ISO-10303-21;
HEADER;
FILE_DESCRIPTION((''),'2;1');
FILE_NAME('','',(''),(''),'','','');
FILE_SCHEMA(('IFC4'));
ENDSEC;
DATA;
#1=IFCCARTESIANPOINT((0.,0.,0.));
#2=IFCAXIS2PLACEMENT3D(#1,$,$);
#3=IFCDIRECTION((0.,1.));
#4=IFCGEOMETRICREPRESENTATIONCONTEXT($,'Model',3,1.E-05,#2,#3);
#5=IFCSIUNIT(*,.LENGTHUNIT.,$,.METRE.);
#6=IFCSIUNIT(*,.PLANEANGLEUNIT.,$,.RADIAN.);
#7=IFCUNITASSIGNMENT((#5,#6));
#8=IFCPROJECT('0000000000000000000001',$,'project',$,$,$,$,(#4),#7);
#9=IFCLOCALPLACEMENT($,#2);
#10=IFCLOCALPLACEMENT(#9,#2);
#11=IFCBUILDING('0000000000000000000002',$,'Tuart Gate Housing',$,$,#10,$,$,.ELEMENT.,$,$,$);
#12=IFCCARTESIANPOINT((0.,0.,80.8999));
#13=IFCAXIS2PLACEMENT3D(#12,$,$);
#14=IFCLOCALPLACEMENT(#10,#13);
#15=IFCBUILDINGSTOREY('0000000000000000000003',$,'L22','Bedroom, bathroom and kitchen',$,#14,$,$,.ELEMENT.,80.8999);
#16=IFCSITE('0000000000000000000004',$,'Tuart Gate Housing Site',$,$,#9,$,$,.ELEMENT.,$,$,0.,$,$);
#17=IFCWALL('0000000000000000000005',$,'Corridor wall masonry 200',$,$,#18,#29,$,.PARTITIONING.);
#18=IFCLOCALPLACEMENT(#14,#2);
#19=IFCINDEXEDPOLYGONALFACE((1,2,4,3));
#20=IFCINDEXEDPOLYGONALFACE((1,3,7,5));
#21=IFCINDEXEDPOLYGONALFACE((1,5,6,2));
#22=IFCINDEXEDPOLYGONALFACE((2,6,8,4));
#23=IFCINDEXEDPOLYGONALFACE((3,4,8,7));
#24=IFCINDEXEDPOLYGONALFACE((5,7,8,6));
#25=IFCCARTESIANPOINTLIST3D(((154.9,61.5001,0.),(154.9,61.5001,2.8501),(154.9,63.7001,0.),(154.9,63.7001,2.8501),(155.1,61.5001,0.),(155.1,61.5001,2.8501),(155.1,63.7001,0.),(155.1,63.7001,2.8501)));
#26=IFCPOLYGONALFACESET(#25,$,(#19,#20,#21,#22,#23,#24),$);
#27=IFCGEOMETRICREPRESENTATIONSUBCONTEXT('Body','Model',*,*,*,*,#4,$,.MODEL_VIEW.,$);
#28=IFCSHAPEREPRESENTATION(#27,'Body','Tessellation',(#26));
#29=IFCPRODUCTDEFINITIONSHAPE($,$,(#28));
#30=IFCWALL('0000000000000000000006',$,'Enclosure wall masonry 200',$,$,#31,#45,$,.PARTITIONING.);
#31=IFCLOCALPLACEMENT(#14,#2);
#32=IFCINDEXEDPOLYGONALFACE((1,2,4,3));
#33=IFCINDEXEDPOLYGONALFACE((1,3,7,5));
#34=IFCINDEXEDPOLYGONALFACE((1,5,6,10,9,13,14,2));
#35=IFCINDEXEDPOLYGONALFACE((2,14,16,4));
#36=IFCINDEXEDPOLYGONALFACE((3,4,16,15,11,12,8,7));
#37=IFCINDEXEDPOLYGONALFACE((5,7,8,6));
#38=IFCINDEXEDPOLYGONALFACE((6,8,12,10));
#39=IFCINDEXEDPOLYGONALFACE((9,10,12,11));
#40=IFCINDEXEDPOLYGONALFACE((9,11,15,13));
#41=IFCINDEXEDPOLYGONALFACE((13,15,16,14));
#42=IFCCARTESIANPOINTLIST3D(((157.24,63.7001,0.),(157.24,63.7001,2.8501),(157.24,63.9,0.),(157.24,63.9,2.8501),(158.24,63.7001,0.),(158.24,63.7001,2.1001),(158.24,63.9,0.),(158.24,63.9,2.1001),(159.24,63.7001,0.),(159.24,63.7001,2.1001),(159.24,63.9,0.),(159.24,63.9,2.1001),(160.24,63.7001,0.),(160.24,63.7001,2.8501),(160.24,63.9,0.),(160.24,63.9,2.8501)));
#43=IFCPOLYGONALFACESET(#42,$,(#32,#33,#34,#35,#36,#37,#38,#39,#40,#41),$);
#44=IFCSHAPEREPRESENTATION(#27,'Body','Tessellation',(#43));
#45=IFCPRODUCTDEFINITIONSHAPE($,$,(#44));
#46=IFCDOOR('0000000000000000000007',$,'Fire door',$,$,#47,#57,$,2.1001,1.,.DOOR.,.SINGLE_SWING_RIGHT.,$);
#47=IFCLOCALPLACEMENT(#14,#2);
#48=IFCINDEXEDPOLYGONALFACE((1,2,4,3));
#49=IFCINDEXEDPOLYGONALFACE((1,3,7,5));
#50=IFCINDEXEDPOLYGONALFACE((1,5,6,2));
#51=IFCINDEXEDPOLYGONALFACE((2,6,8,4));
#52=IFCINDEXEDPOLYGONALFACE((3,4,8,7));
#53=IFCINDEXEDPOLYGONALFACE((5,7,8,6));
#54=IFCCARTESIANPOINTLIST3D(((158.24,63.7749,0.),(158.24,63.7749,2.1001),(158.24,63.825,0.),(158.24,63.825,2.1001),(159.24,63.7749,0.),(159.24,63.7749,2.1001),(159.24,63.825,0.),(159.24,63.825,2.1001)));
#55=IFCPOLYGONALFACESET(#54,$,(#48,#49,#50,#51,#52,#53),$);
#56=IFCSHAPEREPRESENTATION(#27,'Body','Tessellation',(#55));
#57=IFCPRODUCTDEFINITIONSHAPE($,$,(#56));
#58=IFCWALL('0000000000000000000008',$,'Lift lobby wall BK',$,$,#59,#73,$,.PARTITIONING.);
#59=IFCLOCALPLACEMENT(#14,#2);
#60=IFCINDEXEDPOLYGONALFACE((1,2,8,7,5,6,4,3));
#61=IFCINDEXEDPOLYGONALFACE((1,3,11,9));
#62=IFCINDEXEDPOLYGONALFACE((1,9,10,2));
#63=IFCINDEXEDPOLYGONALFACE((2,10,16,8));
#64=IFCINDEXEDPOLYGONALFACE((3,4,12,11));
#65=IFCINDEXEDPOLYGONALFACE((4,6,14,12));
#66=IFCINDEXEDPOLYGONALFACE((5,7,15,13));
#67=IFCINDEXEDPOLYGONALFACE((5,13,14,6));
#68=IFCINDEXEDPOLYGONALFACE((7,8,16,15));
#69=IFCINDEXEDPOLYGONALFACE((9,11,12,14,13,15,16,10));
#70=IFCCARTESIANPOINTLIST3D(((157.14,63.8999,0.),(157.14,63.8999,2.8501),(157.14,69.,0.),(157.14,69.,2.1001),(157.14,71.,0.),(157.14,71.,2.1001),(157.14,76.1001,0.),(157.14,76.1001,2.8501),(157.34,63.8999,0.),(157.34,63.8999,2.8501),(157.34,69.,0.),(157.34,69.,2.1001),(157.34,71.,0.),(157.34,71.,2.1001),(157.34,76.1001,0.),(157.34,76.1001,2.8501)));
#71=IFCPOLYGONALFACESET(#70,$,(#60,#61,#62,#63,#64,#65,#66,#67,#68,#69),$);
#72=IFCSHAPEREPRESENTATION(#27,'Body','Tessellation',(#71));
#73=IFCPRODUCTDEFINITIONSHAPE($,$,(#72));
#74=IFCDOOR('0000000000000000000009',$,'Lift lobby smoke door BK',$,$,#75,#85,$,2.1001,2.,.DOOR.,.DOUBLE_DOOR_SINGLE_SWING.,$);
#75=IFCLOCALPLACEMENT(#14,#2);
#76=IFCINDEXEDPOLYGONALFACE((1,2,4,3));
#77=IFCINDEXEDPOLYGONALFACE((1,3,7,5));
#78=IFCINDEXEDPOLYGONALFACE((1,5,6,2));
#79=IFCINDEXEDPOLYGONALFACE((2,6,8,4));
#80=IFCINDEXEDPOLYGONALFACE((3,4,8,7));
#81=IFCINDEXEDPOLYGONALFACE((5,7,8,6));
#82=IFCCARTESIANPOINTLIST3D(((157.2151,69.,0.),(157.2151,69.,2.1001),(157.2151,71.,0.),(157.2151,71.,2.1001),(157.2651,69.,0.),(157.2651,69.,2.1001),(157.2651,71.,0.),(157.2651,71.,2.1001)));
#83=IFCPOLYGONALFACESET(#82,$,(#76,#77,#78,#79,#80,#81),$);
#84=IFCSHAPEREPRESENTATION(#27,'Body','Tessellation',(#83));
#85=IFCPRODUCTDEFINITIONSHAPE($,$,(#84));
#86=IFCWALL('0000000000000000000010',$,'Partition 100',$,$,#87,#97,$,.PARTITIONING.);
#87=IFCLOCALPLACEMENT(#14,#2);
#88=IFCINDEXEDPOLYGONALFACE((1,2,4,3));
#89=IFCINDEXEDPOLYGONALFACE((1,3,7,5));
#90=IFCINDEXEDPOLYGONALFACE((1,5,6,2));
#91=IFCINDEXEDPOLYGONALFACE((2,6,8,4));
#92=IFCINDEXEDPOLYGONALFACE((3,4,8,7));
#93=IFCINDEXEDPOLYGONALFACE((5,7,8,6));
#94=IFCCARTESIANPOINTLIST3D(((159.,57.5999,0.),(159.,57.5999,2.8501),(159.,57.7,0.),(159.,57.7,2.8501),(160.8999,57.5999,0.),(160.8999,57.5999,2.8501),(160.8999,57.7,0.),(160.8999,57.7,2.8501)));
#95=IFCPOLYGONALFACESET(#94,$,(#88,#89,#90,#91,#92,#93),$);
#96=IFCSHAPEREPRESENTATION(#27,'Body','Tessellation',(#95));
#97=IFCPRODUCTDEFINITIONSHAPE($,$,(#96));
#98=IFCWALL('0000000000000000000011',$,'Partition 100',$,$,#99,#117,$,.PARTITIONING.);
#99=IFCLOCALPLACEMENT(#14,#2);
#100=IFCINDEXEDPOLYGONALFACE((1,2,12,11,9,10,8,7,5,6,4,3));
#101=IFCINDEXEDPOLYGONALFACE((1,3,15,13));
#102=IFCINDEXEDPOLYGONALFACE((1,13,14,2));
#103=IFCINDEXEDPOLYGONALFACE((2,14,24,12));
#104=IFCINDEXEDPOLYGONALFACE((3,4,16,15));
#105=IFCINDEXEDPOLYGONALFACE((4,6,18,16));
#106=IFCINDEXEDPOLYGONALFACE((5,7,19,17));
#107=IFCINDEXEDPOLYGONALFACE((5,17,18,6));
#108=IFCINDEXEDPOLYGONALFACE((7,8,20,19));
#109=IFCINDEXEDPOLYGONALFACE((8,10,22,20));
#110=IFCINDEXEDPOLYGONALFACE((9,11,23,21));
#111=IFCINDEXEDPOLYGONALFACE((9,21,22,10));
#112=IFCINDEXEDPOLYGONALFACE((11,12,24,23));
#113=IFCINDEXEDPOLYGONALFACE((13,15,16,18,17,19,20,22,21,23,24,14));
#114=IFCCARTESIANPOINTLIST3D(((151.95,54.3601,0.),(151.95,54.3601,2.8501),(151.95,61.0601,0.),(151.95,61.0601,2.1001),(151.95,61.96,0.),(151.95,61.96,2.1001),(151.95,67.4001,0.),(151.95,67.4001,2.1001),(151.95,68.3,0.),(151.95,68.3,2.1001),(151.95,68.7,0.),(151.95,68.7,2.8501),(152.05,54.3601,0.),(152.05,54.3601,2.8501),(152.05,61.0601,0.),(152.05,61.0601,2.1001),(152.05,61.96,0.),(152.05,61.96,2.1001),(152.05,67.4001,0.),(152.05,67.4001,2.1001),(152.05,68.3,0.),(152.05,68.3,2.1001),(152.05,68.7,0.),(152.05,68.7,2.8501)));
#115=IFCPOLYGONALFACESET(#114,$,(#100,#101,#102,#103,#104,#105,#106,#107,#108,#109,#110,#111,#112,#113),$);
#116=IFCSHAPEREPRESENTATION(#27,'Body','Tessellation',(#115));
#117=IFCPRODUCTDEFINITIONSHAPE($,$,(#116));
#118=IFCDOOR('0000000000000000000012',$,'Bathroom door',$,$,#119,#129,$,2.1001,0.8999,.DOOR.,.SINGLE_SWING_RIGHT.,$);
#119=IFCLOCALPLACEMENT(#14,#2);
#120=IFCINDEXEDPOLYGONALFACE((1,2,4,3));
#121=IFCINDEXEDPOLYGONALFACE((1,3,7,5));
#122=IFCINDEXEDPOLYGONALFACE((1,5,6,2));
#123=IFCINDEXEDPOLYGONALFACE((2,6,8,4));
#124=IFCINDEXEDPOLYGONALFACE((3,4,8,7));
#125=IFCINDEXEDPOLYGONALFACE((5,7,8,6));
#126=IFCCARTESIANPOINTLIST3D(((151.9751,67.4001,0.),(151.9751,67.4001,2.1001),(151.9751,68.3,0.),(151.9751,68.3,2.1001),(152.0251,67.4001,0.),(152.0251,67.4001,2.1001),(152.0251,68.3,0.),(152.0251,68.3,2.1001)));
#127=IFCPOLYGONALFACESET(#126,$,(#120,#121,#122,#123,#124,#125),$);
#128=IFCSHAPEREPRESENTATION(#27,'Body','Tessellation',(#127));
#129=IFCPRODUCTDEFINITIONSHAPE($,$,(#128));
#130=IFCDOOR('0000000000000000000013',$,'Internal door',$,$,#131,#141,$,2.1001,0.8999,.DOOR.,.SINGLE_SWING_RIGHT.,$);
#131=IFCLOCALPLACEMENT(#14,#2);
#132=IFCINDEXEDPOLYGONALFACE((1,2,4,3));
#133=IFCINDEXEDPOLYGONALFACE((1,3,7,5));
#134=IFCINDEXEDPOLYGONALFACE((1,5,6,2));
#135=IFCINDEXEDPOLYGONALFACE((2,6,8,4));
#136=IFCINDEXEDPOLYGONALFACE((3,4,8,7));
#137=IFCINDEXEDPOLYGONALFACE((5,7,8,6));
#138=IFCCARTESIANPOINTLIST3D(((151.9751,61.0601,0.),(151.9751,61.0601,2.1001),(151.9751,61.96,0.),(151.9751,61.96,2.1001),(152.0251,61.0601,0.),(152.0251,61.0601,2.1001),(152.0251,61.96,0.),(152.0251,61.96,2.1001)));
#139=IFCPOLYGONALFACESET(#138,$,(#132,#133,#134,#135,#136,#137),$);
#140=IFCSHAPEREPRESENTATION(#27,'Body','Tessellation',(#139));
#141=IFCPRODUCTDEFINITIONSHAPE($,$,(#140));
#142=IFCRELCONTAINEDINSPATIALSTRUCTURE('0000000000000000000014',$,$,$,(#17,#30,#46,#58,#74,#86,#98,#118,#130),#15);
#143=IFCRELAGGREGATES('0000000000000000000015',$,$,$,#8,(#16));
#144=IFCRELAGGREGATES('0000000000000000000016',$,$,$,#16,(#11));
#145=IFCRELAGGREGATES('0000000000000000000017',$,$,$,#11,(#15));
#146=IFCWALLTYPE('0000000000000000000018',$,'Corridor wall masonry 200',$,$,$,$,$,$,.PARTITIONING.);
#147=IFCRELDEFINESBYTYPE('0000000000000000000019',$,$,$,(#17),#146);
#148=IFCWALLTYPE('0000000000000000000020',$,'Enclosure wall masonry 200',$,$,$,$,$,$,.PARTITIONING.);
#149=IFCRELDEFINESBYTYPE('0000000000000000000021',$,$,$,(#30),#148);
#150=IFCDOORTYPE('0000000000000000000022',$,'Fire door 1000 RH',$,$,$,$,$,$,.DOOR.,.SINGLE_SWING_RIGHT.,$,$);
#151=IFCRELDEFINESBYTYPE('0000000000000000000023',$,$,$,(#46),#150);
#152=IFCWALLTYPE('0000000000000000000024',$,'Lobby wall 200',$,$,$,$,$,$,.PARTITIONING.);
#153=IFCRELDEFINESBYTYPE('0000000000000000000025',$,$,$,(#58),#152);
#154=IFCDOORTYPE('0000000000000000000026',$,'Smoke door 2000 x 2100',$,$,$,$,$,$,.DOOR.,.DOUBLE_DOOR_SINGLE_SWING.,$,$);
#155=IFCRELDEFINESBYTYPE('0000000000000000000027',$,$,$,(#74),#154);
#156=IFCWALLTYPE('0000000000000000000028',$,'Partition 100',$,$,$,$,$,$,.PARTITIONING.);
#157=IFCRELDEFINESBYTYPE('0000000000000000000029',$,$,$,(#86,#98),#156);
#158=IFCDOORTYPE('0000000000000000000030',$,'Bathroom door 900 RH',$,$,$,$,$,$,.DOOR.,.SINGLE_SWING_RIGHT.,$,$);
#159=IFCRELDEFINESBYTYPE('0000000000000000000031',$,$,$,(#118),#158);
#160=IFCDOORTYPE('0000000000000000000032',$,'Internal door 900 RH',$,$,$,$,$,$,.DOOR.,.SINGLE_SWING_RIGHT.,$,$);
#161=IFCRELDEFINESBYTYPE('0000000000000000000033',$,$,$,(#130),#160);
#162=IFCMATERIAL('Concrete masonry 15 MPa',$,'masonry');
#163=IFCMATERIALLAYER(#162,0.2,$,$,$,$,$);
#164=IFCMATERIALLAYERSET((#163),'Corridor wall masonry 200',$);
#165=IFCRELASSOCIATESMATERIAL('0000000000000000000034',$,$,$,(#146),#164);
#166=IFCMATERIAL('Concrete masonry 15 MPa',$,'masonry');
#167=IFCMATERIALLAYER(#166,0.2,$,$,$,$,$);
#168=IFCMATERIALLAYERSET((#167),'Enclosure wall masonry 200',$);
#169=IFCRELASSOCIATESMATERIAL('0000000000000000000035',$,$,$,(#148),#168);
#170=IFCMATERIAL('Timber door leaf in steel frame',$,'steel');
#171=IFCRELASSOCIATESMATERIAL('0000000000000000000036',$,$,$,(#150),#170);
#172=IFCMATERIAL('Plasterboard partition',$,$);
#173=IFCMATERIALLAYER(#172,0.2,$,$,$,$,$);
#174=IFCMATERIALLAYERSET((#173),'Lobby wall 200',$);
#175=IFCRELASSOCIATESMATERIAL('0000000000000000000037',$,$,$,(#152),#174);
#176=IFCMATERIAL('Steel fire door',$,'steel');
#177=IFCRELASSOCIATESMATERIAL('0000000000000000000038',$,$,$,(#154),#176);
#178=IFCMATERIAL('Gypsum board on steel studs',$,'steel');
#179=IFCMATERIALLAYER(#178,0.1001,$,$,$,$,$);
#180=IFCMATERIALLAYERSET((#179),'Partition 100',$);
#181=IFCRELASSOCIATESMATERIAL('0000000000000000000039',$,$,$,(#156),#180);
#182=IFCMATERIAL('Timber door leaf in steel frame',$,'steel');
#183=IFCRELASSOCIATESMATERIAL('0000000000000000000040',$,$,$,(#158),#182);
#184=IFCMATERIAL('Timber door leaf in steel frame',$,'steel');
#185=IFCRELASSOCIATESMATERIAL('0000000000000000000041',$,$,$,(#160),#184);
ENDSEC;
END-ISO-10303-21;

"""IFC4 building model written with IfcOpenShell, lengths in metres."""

from ifc_helpers import new_model, si_unit, direction, frame, frame_2d, origin, place, context, subcontext, project, spatial, rectangle, extrude, material, layer, layer_set, type_object, element, fill, save


model = new_model("IFC4")

# Units and contexts
model_context = context("Model", 3, precision=1e-05, world=origin(), true_north=direction((0.0, 1.0)))
body_context = subcontext(model_context, "Body", "Model", "MODEL_VIEW")
ifc_project = project(units=[si_unit("LENGTHUNIT", "METRE"), si_unit("PLANEANGLEUNIT", "RADIAN")], contexts=[model_context])

# Site, building, storey
site_placement = place(None, origin())
site = spatial("IfcSite", under=ifc_project, at=site_placement, Name="Tuart Gate Housing Site", CompositionType="ELEMENT", RefElevation=0.0)
building_placement = place(site_placement, origin())
building = spatial("IfcBuilding", under=site, at=building_placement, Name="Tuart Gate Housing", CompositionType="ELEMENT")
storey_placement = place(building_placement, frame((0.0, 0.0, 80.8999)))
storey = spatial("IfcBuildingStorey", under=building, at=storey_placement, Name="L22", Description="Bedroom, bathroom and kitchen", CompositionType="ELEMENT", Elevation=80.8999)

# Shared definitions
ifc_material_1 = material(Name="Concrete masonry 15 MPa", Category="masonry")
ifc_layer_1 = layer(ifc_material_1, 0.2)
ifc_layer_set_1 = layer_set([ifc_layer_1], Name="Corridor wall masonry 200")
wall_type_1 = type_object("IfcWallType", Name="Corridor wall masonry 200", PredefinedType="PARTITIONING", material=ifc_layer_set_1)

# Wall
wall_1_placement = place(storey_placement, frame((155.0, 61.5, 0.0), z_axis=(0.0, 0.0, 1.0), x_axis=(0.0, 1.0, 0.0)))
element("IfcWall", 1, at=wall_1_placement, inside=storey, type_object=wall_type_1, Name="Corridor wall masonry 200", PredefinedType="PARTITIONING", context=body_context, shape_type="SweptSolid", body=[
    extrude(rectangle(XDim=2.2, YDim=0.2, at=frame_2d((1.1001, 0.0))), origin(), (0.0, 0.0, 1.0), 2.8501),
])

# Walls, openings, doors
ifc_material_2 = material(Name="Concrete masonry 15 MPa", Category="masonry")
ifc_layer_2 = layer(ifc_material_2, 0.2)
ifc_layer_set_2 = layer_set([ifc_layer_2], Name="Enclosure wall masonry 200")
wall_type_2 = type_object("IfcWallType", Name="Enclosure wall masonry 200", PredefinedType="PARTITIONING", material=ifc_layer_set_2)
wall_2_placement = place(storey_placement, frame((157.24, 63.8, 0.0), z_axis=(0.0, 0.0, 1.0), x_axis=(1.0, 0.0, 0.0)))
wall_2 = element("IfcWall", 2, at=wall_2_placement, inside=storey, type_object=wall_type_2, Name="Enclosure wall masonry 200", PredefinedType="PARTITIONING", context=body_context, shape_type="SweptSolid", body=[
    extrude(rectangle(XDim=3.0, YDim=0.2, at=frame_2d((1.5, 0.0))), origin(), (0.0, 0.0, 1.0), 2.8501),
])
opening_1_placement = place(wall_2_placement, frame((1.0, 0.0, 0.0)))
opening_1 = element("IfcOpeningElement", 3, at=opening_1_placement, cuts=wall_2, PredefinedType="OPENING", context=body_context, shape_type="SweptSolid", body=[
    extrude(rectangle(XDim=1.0, YDim=2.1001, at=frame_2d((0.5, 1.05))), frame((0.0, 0.1099, 0.0), z_axis=(0.0, -1.0, 0.0), x_axis=(1.0, 0.0, 0.0)), (0.0, 0.0, 1.0), 0.22),
])
ifc_material_3 = material(Name="Timber door leaf in steel frame", Category="steel")
door_type_1 = type_object("IfcDoorType", Name="Fire door 1000 RH", OperationType="SINGLE_SWING_RIGHT", PredefinedType="DOOR", material=ifc_material_3)
door_1_placement = place(opening_1_placement, frame((1.0, 0.0, 0.0), z_axis=(0.0, 0.0, 1.0), x_axis=(-1.0, 0.0, 0.0)))
door_1 = element("IfcDoor", 4, at=door_1_placement, inside=storey, type_object=door_type_1, Name="Fire door", OperationType="SINGLE_SWING_RIGHT", OverallHeight=2.1001, OverallWidth=1.0, PredefinedType="DOOR", context=body_context, shape_type="SweptSolid", body=[
    extrude(rectangle(XDim=1.0, YDim=2.1001, at=frame_2d((0.5, 1.05))), frame((0.0, 0.0251, 0.0), z_axis=(0.0, -1.0, 0.0), x_axis=(1.0, 0.0, 0.0)), (0.0, 0.0, 1.0), 0.05),
])
fill(opening_1, door_1)
ifc_material_4 = material(Name="Plasterboard partition")
ifc_layer_3 = layer(ifc_material_4, 0.2)
ifc_layer_set_3 = layer_set([ifc_layer_3], Name="Lobby wall 200")
wall_type_3 = type_object("IfcWallType", Name="Lobby wall 200", PredefinedType="PARTITIONING", material=ifc_layer_set_3)
wall_3_placement = place(storey_placement, frame((157.24, 63.8999, 0.0), z_axis=(0.0, 0.0, 1.0), x_axis=(0.0, 1.0, 0.0)))
wall_3 = element("IfcWall", 5, at=wall_3_placement, inside=storey, type_object=wall_type_3, Name="Lift lobby wall BK", PredefinedType="PARTITIONING", context=body_context, shape_type="SweptSolid", body=[
    extrude(rectangle(XDim=12.2002, YDim=0.2, at=frame_2d((6.1001, 0.0))), origin(), (0.0, 0.0, 1.0), 2.8501),
])
opening_2_placement = place(wall_3_placement, frame((5.1001, 0.0, 0.0)))
opening_2 = element("IfcOpeningElement", 6, at=opening_2_placement, cuts=wall_3, PredefinedType="OPENING", context=body_context, shape_type="SweptSolid", body=[
    extrude(rectangle(XDim=2.0, YDim=2.1001, at=frame_2d((1.0, 1.05))), frame((0.0, 0.1099, 0.0), z_axis=(0.0, -1.0, 0.0), x_axis=(1.0, 0.0, 0.0)), (0.0, 0.0, 1.0), 0.22),
])
ifc_material_5 = material(Name="Steel fire door", Category="steel")
door_type_2 = type_object("IfcDoorType", Name="Smoke door 2000 x 2100", OperationType="DOUBLE_DOOR_SINGLE_SWING", PredefinedType="DOOR", material=ifc_material_5)
door_2_placement = place(opening_2_placement, frame((2.0, 0.0, 0.0), z_axis=(0.0, 0.0, 1.0), x_axis=(-1.0, 0.0, 0.0)))
door_2 = element("IfcDoor", 7, at=door_2_placement, inside=storey, type_object=door_type_2, Name="Lift lobby smoke door BK", OperationType="DOUBLE_DOOR_SINGLE_SWING", OverallHeight=2.1001, OverallWidth=2.0, PredefinedType="DOOR", context=body_context, shape_type="SweptSolid", body=[
    extrude(rectangle(XDim=2.0, YDim=2.1001, at=frame_2d((1.0, 1.05))), frame((0.0, 0.0251, 0.0), z_axis=(0.0, -1.0, 0.0), x_axis=(1.0, 0.0, 0.0)), (0.0, 0.0, 1.0), 0.05),
])
fill(opening_2, door_2)

# Wall
ifc_material_6 = material(Name="Gypsum board on steel studs", Category="steel")
ifc_layer_4 = layer(ifc_material_6, 0.1001)
ifc_layer_set_4 = layer_set([ifc_layer_4], Name="Partition 100")
wall_type_4 = type_object("IfcWallType", Name="Partition 100", PredefinedType="PARTITIONING", material=ifc_layer_set_4)
wall_4_placement = place(storey_placement, frame((159.0, 57.6499, 0.0), z_axis=(0.0, 0.0, 1.0), x_axis=(1.0, 0.0, 0.0)))
element("IfcWall", 8, at=wall_4_placement, inside=storey, type_object=wall_type_4, Name="Partition 100", PredefinedType="PARTITIONING", context=body_context, shape_type="SweptSolid", body=[
    extrude(rectangle(XDim=1.8999, YDim=0.1001, at=frame_2d((0.95, 0.0))), origin(), (0.0, 0.0, 1.0), 2.8501),
])

# Wall, openings, doors
wall_5_placement = place(storey_placement, frame((152.0, 54.3601, 0.0), z_axis=(0.0, 0.0, 1.0), x_axis=(0.0, 1.0, 0.0)))
wall_5 = element("IfcWall", 9, at=wall_5_placement, inside=storey, type_object=wall_type_4, Name="Partition 100", PredefinedType="PARTITIONING", context=body_context, shape_type="SweptSolid", body=[
    extrude(rectangle(XDim=14.3398, YDim=0.1001, at=frame_2d((7.1699, 0.0))), origin(), (0.0, 0.0, 1.0), 2.8501),
])
opening_3_placement = place(wall_5_placement, frame((6.7, 0.0, 0.0)))
opening_3 = element("IfcOpeningElement", 10, at=opening_3_placement, cuts=wall_5, PredefinedType="OPENING", context=body_context, shape_type="SweptSolid", body=[
    extrude(rectangle(XDim=0.8999, YDim=2.1001, at=frame_2d((0.45, 1.05))), frame((0.0, 0.0601, 0.0), z_axis=(0.0, -1.0, 0.0), x_axis=(1.0, 0.0, 0.0)), (0.0, 0.0, 1.0), 0.1201),
])
opening_4_placement = place(wall_5_placement, frame((13.04, 0.0, 0.0)))
opening_4 = element("IfcOpeningElement", 11, at=opening_4_placement, cuts=wall_5, PredefinedType="OPENING", context=body_context, shape_type="SweptSolid", body=[
    extrude(rectangle(XDim=0.8999, YDim=2.1001, at=frame_2d((0.45, 1.05))), frame((0.0, 0.0601, 0.0), z_axis=(0.0, -1.0, 0.0), x_axis=(1.0, 0.0, 0.0)), (0.0, 0.0, 1.0), 0.1201),
])
ifc_material_7 = material(Name="Timber door leaf in steel frame", Category="steel")
door_type_3 = type_object("IfcDoorType", Name="Bathroom door 900 RH", OperationType="SINGLE_SWING_RIGHT", PredefinedType="DOOR", material=ifc_material_7)
door_3_placement = place(opening_4_placement, origin())
door_3 = element("IfcDoor", 12, at=door_3_placement, inside=storey, type_object=door_type_3, Name="Bathroom door", OperationType="SINGLE_SWING_RIGHT", OverallHeight=2.1001, OverallWidth=0.8999, PredefinedType="DOOR", context=body_context, shape_type="SweptSolid", body=[
    extrude(rectangle(XDim=0.8999, YDim=2.1001, at=frame_2d((0.45, 1.05))), frame((0.0, 0.0249, 0.0), z_axis=(0.0, -1.0, 0.0), x_axis=(1.0, 0.0, 0.0)), (0.0, 0.0, 1.0), 0.05),
])
fill(opening_4, door_3)
ifc_material_8 = material(Name="Timber door leaf in steel frame", Category="steel")
door_type_4 = type_object("IfcDoorType", Name="Internal door 900 RH", OperationType="SINGLE_SWING_RIGHT", PredefinedType="DOOR", material=ifc_material_8)
door_4_placement = place(opening_3_placement, origin())
door_4 = element("IfcDoor", 13, at=door_4_placement, inside=storey, type_object=door_type_4, Name="Internal door", OperationType="SINGLE_SWING_RIGHT", OverallHeight=2.1001, OverallWidth=0.8999, PredefinedType="DOOR", context=body_context, shape_type="SweptSolid", body=[
    extrude(rectangle(XDim=0.8999, YDim=2.1001, at=frame_2d((0.45, 1.05))), frame((0.0, 0.0249, 0.0), z_axis=(0.0, -1.0, 0.0), x_axis=(1.0, 0.0, 0.0)), (0.0, 0.0, 1.0), 0.05),
])
fill(opening_3, door_4)

save(model, "model.ifc")
